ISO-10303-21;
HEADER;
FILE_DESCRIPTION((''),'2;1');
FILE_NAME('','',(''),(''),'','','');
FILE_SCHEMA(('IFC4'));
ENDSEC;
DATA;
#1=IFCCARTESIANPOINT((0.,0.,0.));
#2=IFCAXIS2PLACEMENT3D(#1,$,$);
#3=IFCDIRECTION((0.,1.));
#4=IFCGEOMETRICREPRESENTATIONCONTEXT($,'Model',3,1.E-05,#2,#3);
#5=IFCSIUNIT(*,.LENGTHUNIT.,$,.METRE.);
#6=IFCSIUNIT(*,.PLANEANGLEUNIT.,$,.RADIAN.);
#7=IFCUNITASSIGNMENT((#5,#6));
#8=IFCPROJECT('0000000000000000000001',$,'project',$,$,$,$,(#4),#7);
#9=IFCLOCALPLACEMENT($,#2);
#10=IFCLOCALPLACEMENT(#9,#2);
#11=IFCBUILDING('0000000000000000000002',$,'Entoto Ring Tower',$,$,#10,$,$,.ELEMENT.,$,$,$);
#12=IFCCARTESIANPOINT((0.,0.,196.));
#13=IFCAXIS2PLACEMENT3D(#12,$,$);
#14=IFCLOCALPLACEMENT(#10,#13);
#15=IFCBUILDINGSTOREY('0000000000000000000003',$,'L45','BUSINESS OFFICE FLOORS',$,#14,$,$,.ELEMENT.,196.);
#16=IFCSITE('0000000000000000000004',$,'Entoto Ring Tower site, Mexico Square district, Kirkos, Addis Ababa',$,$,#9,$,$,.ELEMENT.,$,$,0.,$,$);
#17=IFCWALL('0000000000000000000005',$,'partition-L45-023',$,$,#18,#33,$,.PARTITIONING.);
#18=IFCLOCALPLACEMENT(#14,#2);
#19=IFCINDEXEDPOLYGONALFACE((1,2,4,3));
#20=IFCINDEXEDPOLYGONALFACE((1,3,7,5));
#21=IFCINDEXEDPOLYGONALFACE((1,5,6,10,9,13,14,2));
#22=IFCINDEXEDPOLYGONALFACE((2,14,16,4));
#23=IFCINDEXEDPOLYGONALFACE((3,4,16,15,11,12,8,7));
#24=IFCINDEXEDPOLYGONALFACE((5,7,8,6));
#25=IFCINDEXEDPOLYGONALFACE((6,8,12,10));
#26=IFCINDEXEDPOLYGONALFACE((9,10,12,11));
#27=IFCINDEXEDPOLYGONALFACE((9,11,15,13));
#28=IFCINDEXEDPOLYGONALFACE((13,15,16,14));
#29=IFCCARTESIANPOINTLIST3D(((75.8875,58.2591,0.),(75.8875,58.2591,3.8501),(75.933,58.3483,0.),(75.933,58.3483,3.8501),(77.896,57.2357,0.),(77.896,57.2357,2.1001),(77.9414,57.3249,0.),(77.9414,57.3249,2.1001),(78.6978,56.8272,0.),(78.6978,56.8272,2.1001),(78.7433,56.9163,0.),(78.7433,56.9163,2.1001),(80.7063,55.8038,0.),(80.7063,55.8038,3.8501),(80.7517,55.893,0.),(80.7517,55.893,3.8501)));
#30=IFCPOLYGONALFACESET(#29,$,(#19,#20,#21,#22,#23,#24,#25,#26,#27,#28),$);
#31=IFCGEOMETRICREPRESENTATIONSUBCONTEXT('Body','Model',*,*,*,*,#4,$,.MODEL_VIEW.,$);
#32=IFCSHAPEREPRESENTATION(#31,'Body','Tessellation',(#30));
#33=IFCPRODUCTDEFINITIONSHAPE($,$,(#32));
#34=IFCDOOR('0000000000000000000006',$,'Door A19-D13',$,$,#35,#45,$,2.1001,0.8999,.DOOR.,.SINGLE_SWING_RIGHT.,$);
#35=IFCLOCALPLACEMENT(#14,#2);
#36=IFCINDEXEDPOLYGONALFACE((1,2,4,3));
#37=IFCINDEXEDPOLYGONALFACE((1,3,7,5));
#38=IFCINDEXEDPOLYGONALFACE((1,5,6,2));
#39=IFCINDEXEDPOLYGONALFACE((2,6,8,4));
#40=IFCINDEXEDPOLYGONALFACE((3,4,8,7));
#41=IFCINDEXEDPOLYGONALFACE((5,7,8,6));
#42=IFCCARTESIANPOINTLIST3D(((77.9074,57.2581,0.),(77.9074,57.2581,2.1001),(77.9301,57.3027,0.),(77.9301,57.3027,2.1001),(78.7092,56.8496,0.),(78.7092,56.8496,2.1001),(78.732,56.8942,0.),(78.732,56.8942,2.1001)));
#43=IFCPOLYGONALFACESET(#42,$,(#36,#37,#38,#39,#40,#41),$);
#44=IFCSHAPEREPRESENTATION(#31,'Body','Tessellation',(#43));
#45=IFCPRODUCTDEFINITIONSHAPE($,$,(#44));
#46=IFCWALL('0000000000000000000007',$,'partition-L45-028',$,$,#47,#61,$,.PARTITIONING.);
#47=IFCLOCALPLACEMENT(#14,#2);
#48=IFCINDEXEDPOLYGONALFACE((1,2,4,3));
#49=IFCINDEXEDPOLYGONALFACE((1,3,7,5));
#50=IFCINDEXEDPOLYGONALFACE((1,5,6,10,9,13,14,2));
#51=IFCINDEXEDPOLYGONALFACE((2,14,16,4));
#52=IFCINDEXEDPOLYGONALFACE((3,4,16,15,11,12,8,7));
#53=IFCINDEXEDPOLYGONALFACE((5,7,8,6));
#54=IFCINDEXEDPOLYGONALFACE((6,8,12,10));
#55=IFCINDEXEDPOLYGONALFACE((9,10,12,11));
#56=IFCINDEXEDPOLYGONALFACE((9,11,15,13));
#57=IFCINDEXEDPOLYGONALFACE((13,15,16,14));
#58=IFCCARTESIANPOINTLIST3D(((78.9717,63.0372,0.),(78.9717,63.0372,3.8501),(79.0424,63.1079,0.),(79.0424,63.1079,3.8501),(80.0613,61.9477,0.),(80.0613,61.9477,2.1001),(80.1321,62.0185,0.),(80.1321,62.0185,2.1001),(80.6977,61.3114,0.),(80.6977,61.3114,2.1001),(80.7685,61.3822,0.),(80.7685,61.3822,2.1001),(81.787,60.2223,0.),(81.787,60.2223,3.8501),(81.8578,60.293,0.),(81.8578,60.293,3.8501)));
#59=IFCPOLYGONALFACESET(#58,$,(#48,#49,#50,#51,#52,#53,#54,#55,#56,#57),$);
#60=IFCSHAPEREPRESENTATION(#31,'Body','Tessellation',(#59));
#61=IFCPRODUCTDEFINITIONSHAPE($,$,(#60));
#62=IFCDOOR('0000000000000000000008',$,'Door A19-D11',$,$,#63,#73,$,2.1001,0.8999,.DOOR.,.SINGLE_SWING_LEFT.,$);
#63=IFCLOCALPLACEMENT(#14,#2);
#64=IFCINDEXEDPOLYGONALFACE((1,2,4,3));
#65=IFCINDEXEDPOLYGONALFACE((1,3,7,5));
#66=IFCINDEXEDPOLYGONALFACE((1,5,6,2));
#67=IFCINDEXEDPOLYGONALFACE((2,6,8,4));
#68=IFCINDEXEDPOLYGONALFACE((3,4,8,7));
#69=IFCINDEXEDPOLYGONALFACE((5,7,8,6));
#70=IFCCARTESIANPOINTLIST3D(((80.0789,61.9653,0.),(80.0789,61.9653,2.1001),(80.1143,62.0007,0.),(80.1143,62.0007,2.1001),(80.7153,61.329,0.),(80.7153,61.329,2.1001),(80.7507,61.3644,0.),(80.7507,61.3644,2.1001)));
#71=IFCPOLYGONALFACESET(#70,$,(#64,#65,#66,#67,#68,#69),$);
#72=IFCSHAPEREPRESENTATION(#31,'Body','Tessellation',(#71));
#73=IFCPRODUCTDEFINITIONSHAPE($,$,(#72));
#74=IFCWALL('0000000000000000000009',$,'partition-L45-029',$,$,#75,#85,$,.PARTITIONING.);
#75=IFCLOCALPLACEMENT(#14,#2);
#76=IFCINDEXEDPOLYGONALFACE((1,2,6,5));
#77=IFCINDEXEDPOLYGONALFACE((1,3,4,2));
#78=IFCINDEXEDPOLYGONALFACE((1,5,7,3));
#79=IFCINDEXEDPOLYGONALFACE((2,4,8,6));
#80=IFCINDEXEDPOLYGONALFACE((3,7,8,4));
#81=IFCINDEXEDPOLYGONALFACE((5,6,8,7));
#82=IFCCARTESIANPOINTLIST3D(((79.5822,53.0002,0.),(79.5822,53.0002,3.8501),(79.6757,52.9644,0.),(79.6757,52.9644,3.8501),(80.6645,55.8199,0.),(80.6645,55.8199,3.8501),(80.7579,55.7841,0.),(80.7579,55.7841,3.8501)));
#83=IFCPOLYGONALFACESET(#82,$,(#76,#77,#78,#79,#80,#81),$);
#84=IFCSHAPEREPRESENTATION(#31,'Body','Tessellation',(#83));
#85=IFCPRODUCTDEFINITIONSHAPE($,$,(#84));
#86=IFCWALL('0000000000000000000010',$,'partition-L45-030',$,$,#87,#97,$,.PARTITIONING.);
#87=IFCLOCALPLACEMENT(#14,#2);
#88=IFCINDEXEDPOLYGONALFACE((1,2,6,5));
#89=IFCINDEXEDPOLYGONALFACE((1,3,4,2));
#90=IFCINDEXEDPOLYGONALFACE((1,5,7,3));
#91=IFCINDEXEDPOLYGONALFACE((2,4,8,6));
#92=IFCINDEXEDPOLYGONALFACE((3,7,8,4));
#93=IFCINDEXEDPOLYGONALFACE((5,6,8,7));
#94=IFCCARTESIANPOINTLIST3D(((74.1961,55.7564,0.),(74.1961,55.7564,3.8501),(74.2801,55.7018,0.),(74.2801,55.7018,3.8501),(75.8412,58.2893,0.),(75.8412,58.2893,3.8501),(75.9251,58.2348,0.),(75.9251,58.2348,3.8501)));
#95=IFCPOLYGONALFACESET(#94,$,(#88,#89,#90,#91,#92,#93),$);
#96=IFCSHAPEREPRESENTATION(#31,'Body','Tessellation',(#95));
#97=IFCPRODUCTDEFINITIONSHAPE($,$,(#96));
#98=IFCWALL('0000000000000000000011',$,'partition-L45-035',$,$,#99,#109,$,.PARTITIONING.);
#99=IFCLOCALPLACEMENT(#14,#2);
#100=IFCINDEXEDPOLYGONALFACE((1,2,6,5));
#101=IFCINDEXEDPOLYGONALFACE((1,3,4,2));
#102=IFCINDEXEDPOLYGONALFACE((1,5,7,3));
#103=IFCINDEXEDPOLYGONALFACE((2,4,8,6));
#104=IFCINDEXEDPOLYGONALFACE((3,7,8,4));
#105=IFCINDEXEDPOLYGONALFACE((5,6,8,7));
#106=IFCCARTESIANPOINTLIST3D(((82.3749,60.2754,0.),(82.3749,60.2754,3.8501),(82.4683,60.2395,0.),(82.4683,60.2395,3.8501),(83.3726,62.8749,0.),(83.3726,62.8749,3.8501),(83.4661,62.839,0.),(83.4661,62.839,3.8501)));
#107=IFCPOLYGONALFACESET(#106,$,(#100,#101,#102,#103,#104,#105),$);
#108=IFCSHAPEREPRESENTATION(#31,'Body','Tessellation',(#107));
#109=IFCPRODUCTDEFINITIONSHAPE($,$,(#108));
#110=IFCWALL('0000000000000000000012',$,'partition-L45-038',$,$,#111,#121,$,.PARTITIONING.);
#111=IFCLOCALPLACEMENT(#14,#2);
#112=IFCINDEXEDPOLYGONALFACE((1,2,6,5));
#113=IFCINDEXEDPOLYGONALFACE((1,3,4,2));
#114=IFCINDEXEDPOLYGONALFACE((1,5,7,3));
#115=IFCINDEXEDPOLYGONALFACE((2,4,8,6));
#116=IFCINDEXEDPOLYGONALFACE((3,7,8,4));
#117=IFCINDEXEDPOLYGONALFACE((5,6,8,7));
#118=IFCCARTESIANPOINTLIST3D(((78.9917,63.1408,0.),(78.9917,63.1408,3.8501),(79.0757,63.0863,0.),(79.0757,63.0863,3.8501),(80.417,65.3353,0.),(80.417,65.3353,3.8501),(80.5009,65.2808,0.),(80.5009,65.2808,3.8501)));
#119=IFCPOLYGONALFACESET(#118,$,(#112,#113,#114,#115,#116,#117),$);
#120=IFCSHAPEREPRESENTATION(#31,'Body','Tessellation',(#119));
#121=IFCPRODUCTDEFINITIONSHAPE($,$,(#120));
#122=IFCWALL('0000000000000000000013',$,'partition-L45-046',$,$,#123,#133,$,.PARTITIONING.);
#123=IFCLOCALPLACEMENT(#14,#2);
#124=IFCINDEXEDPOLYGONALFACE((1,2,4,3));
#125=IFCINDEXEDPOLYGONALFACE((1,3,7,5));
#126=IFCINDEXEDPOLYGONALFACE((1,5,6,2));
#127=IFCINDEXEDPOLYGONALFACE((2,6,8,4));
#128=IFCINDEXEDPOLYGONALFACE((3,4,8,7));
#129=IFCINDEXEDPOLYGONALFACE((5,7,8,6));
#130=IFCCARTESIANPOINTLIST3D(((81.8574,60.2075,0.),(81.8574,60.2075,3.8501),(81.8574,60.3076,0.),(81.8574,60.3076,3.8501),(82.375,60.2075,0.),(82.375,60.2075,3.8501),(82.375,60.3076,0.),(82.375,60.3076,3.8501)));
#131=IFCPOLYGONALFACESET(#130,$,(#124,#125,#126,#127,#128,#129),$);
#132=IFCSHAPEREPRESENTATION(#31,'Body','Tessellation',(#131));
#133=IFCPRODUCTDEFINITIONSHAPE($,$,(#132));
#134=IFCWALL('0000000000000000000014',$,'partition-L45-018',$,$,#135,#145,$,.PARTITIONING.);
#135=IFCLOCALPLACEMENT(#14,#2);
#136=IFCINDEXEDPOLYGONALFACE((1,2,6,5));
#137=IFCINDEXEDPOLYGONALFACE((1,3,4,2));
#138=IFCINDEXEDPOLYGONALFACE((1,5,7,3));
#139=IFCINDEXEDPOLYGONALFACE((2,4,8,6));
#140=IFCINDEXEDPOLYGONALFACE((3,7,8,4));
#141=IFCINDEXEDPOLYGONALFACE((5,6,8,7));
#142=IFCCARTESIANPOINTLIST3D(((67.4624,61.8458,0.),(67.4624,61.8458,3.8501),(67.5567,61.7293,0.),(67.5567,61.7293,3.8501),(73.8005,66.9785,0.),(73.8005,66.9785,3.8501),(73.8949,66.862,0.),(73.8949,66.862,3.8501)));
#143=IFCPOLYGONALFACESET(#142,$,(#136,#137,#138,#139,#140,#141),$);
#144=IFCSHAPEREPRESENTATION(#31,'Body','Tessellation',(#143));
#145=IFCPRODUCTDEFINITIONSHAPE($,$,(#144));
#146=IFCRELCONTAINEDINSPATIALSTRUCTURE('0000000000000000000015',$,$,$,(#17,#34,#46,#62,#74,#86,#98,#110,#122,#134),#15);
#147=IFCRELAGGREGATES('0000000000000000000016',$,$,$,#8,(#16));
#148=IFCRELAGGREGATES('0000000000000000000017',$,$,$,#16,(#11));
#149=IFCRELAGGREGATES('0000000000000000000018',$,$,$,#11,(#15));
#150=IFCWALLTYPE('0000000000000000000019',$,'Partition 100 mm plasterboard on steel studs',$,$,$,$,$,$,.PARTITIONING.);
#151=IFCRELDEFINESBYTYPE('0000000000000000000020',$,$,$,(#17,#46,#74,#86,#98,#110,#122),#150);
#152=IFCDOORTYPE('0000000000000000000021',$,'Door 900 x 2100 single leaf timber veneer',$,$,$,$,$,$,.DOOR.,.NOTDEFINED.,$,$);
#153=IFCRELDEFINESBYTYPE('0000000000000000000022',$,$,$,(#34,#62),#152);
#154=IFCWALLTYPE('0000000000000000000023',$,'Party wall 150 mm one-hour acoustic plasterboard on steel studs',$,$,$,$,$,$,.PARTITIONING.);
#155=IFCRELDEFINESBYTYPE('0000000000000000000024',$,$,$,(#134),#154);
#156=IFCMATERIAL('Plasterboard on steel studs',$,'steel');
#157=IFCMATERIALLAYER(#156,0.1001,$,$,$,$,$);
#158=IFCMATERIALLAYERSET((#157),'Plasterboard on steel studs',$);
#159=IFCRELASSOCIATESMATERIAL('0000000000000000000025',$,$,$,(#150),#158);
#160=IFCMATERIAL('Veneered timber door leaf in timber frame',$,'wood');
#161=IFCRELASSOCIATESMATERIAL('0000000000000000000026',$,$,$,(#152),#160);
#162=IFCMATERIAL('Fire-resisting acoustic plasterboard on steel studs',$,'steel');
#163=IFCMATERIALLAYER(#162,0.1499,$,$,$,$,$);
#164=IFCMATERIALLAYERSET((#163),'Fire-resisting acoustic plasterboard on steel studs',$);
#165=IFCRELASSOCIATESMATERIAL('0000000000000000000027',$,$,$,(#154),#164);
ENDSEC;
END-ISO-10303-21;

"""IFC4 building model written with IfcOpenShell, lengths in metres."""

from ifc_helpers import new_model, si_unit, direction, frame, frame_2d, origin, place, context, subcontext, project, spatial, rectangle, extrude, material, layer, layer_set, type_object, element, fill, save


model = new_model("IFC4")

# Units and contexts
model_context = context("Model", 3, precision=1e-05, world=origin(), true_north=direction((0.0, 1.0)))
body_context = subcontext(model_context, "Body", "Model", "MODEL_VIEW")
ifc_project = project(units=[si_unit("LENGTHUNIT", "METRE"), si_unit("PLANEANGLEUNIT", "RADIAN")], contexts=[model_context])

# Site, building, storey
site_placement = place(None, origin())
site = spatial("IfcSite", under=ifc_project, at=site_placement, Name="Entoto Ring Tower site, Mexico Square district, Kirkos, Addis Ababa", CompositionType="ELEMENT", RefElevation=0.0)
building_placement = place(site_placement, origin())
building = spatial("IfcBuilding", under=site, at=building_placement, Name="Entoto Ring Tower", CompositionType="ELEMENT")
storey_placement = place(building_placement, frame((0.0, 0.0, 196.0)))
storey = spatial("IfcBuildingStorey", under=building, at=storey_placement, Name="L45", Description="BUSINESS OFFICE FLOORS", CompositionType="ELEMENT", Elevation=196.0)

# Walls, openings, doors
ifc_material_1 = material(Name="Plasterboard on steel studs", Category="steel")
ifc_layer_1 = layer(ifc_material_1, 0.1001)
ifc_layer_set_1 = layer_set([ifc_layer_1], Name="Plasterboard on steel studs")
wall_type_1 = type_object("IfcWallType", Name="Partition 100 mm plasterboard on steel studs", PredefinedType="PARTITIONING", material=ifc_layer_set_1)
wall_1_placement = place(storey_placement, frame((80.729, 55.8484, 0.0), z_axis=(0.0, 0.0, 1.0), x_axis=(-0.891007, 0.45399, 0.0)))
wall_1 = element("IfcWall", 1, at=wall_1_placement, inside=storey, type_object=wall_type_1, Name="partition-L45-023", PredefinedType="PARTITIONING", context=body_context, shape_type="SweptSolid", body=[
    extrude(rectangle(XDim=5.4082, YDim=0.1001, at=frame_2d((2.7041, 0.0))), origin(), (0.0, 0.0, 1.0), 3.8501),
])
opening_1_placement = place(wall_1_placement, frame((2.2542, 0.0, 0.0)))
opening_1 = element("IfcOpeningElement", 2, at=opening_1_placement, cuts=wall_1, PredefinedType="OPENING", context=body_context, shape_type="SweptSolid", body=[
    extrude(rectangle(XDim=0.8999, YDim=2.1001, at=frame_2d((0.45, 1.05))), frame((0.0, 0.0601, 0.0), z_axis=(0.0, -1.0, 0.0), x_axis=(1.0, 0.0, 0.0)), (0.0, 0.0, 1.0), 0.1201),
])
ifc_material_2 = material(Name="Veneered timber door leaf in timber frame", Category="wood")
door_type_1 = type_object("IfcDoorType", Name="Door 900 x 2100 single leaf timber veneer", OperationType="NOTDEFINED", PredefinedType="DOOR", material=ifc_material_2)
door_1_placement = place(opening_1_placement, origin())
door_1 = element("IfcDoor", 3, at=door_1_placement, inside=storey, type_object=door_type_1, Name="Door A19-D13", OperationType="SINGLE_SWING_RIGHT", OverallHeight=2.1001, OverallWidth=0.8999, PredefinedType="DOOR", context=body_context, shape_type="SweptSolid", body=[
    extrude(rectangle(XDim=0.8999, YDim=2.1001, at=frame_2d((0.45, 1.05))), frame((0.0, 0.0249, 0.0), z_axis=(0.0, -1.0, 0.0), x_axis=(1.0, 0.0, 0.0)), (0.0, 0.0, 1.0), 0.05),
])
fill(opening_1, door_1)
wall_2_placement = place(storey_placement, frame((81.8225, 60.2576, 0.0), z_axis=(0.0, 0.0, 1.0), x_axis=(-0.707168, 0.707045, 0.0)))
wall_2 = element("IfcWall", 4, at=wall_2_placement, inside=storey, type_object=wall_type_1, Name="partition-L45-028", PredefinedType="PARTITIONING", context=body_context, shape_type="SweptSolid", body=[
    extrude(rectangle(XDim=3.9812, YDim=0.1001, at=frame_2d((1.9907, 0.0))), origin(), (0.0, 0.0, 1.0), 3.8501),
])
opening_2_placement = place(wall_2_placement, frame((1.5405, 0.0, 0.0)))
opening_2 = element("IfcOpeningElement", 5, at=opening_2_placement, cuts=wall_2, PredefinedType="OPENING", context=body_context, shape_type="SweptSolid", body=[
    extrude(rectangle(XDim=0.8999, YDim=2.1001, at=frame_2d((0.45, 1.05))), frame((0.0, 0.0601, 0.0), z_axis=(0.0, -1.0, 0.0), x_axis=(1.0, 0.0, 0.0)), (0.0, 0.0, 1.0), 0.1201),
])
door_2_placement = place(opening_2_placement, frame((0.8999, 0.0, 0.0), z_axis=(0.0, 0.0, 1.0), x_axis=(-1.0, 0.0, 0.0)))
door_2 = element("IfcDoor", 6, at=door_2_placement, inside=storey, type_object=door_type_1, Name="Door A19-D11", OperationType="SINGLE_SWING_LEFT", OverallHeight=2.1001, OverallWidth=0.8999, PredefinedType="DOOR", context=body_context, shape_type="SweptSolid", body=[
    extrude(rectangle(XDim=0.8999, YDim=2.1001, at=frame_2d((0.45, 1.05))), frame((0.0, 0.0249, 0.0), z_axis=(0.0, -1.0, 0.0), x_axis=(1.0, 0.0, 0.0)), (0.0, 0.0, 1.0), 0.05),
])
fill(opening_2, door_2)

# Walls
for number, where, z_axis, x_axis, name in (
    (7, (79.6289, 52.9822, 0.0), (0.0, 0.0, 1.0), (0.358324, 0.933597, 0.0), "partition-L45-029"),
    (8, (74.238, 55.729, 0.0), (0.0, 0.0, 1.0), (0.544662, 0.838656, 0.0), "partition-L45-030"),
):
    element("IfcWall", number, at=place(storey_placement, frame(where, z_axis=z_axis, x_axis=x_axis)), inside=storey, type_object=wall_type_1, Name=name, PredefinedType="PARTITIONING", context=body_context, shape_type="SweptSolid", body=[
        extrude(rectangle(XDim=3.0203, YDim=0.1001, at=frame_2d((1.5103, 0.0))), origin(), (0.0, 0.0, 1.0), 3.8501),
    ])
wall_3_placement = place(storey_placement, frame((82.4216, 60.2576, 0.0), z_axis=(0.0, 0.0, 1.0), x_axis=(0.358339, 0.933592, 0.0)))
element("IfcWall", 9, at=wall_3_placement, inside=storey, type_object=wall_type_1, Name="partition-L45-035", PredefinedType="PARTITIONING", context=body_context, shape_type="SweptSolid", body=[
    extrude(rectangle(XDim=2.7844, YDim=0.1001, at=frame_2d((1.3921, 0.0))), origin(), (0.0, 0.0, 1.0), 3.8501),
])
wall_4_placement = place(storey_placement, frame((79.0337, 63.1135, 0.0), z_axis=(0.0, 0.0, 1.0), x_axis=(0.54467, 0.83865, 0.0)))
element("IfcWall", 10, at=wall_4_placement, inside=storey, type_object=wall_type_1, Name="partition-L45-038", PredefinedType="PARTITIONING", context=body_context, shape_type="SweptSolid", body=[
    extrude(rectangle(XDim=2.6167, YDim=0.1001, at=frame_2d((1.3083, 0.0))), origin(), (0.0, 0.0, 1.0), 3.8501),
])
wall_5_placement = place(storey_placement, frame((81.8574, 60.2576, 0.0), z_axis=(0.0, 0.0, 1.0), x_axis=(1.0, 0.0, 0.0)))
element("IfcWall", 11, at=wall_5_placement, inside=storey, type_object=wall_type_1, Name="partition-L45-046", PredefinedType="PARTITIONING", context=body_context, shape_type="SweptSolid", body=[
    extrude(rectangle(XDim=0.5176, YDim=0.1001, at=frame_2d((0.2588, 0.0))), origin(), (0.0, 0.0, 1.0), 3.8501),
])
ifc_material_3 = material(Name="Fire-resisting acoustic plasterboard on steel studs", Category="steel")
ifc_layer_2 = layer(ifc_material_3, 0.1499)
ifc_layer_set_2 = layer_set([ifc_layer_2], Name="Fire-resisting acoustic plasterboard on steel studs")
wall_type_2 = type_object("IfcWallType", Name="Party wall 150 mm one-hour acoustic plasterboard on steel studs", PredefinedType="PARTITIONING", material=ifc_layer_set_2)
wall_6_placement = place(storey_placement, frame((67.5095, 61.7876, 0.0), z_axis=(0.0, 0.0, 1.0), x_axis=(0.777143, 0.629324, 0.0)))
element("IfcWall", 12, at=wall_6_placement, inside=storey, type_object=wall_type_2, Name="partition-L45-018", PredefinedType="PARTITIONING", context=body_context, shape_type="SweptSolid", body=[
    extrude(rectangle(XDim=8.1558, YDim=0.1499, at=frame_2d((4.0779, 0.0))), origin(), (0.0, 0.0, 1.0), 3.8501),
])

save(model, "model.ifc")
